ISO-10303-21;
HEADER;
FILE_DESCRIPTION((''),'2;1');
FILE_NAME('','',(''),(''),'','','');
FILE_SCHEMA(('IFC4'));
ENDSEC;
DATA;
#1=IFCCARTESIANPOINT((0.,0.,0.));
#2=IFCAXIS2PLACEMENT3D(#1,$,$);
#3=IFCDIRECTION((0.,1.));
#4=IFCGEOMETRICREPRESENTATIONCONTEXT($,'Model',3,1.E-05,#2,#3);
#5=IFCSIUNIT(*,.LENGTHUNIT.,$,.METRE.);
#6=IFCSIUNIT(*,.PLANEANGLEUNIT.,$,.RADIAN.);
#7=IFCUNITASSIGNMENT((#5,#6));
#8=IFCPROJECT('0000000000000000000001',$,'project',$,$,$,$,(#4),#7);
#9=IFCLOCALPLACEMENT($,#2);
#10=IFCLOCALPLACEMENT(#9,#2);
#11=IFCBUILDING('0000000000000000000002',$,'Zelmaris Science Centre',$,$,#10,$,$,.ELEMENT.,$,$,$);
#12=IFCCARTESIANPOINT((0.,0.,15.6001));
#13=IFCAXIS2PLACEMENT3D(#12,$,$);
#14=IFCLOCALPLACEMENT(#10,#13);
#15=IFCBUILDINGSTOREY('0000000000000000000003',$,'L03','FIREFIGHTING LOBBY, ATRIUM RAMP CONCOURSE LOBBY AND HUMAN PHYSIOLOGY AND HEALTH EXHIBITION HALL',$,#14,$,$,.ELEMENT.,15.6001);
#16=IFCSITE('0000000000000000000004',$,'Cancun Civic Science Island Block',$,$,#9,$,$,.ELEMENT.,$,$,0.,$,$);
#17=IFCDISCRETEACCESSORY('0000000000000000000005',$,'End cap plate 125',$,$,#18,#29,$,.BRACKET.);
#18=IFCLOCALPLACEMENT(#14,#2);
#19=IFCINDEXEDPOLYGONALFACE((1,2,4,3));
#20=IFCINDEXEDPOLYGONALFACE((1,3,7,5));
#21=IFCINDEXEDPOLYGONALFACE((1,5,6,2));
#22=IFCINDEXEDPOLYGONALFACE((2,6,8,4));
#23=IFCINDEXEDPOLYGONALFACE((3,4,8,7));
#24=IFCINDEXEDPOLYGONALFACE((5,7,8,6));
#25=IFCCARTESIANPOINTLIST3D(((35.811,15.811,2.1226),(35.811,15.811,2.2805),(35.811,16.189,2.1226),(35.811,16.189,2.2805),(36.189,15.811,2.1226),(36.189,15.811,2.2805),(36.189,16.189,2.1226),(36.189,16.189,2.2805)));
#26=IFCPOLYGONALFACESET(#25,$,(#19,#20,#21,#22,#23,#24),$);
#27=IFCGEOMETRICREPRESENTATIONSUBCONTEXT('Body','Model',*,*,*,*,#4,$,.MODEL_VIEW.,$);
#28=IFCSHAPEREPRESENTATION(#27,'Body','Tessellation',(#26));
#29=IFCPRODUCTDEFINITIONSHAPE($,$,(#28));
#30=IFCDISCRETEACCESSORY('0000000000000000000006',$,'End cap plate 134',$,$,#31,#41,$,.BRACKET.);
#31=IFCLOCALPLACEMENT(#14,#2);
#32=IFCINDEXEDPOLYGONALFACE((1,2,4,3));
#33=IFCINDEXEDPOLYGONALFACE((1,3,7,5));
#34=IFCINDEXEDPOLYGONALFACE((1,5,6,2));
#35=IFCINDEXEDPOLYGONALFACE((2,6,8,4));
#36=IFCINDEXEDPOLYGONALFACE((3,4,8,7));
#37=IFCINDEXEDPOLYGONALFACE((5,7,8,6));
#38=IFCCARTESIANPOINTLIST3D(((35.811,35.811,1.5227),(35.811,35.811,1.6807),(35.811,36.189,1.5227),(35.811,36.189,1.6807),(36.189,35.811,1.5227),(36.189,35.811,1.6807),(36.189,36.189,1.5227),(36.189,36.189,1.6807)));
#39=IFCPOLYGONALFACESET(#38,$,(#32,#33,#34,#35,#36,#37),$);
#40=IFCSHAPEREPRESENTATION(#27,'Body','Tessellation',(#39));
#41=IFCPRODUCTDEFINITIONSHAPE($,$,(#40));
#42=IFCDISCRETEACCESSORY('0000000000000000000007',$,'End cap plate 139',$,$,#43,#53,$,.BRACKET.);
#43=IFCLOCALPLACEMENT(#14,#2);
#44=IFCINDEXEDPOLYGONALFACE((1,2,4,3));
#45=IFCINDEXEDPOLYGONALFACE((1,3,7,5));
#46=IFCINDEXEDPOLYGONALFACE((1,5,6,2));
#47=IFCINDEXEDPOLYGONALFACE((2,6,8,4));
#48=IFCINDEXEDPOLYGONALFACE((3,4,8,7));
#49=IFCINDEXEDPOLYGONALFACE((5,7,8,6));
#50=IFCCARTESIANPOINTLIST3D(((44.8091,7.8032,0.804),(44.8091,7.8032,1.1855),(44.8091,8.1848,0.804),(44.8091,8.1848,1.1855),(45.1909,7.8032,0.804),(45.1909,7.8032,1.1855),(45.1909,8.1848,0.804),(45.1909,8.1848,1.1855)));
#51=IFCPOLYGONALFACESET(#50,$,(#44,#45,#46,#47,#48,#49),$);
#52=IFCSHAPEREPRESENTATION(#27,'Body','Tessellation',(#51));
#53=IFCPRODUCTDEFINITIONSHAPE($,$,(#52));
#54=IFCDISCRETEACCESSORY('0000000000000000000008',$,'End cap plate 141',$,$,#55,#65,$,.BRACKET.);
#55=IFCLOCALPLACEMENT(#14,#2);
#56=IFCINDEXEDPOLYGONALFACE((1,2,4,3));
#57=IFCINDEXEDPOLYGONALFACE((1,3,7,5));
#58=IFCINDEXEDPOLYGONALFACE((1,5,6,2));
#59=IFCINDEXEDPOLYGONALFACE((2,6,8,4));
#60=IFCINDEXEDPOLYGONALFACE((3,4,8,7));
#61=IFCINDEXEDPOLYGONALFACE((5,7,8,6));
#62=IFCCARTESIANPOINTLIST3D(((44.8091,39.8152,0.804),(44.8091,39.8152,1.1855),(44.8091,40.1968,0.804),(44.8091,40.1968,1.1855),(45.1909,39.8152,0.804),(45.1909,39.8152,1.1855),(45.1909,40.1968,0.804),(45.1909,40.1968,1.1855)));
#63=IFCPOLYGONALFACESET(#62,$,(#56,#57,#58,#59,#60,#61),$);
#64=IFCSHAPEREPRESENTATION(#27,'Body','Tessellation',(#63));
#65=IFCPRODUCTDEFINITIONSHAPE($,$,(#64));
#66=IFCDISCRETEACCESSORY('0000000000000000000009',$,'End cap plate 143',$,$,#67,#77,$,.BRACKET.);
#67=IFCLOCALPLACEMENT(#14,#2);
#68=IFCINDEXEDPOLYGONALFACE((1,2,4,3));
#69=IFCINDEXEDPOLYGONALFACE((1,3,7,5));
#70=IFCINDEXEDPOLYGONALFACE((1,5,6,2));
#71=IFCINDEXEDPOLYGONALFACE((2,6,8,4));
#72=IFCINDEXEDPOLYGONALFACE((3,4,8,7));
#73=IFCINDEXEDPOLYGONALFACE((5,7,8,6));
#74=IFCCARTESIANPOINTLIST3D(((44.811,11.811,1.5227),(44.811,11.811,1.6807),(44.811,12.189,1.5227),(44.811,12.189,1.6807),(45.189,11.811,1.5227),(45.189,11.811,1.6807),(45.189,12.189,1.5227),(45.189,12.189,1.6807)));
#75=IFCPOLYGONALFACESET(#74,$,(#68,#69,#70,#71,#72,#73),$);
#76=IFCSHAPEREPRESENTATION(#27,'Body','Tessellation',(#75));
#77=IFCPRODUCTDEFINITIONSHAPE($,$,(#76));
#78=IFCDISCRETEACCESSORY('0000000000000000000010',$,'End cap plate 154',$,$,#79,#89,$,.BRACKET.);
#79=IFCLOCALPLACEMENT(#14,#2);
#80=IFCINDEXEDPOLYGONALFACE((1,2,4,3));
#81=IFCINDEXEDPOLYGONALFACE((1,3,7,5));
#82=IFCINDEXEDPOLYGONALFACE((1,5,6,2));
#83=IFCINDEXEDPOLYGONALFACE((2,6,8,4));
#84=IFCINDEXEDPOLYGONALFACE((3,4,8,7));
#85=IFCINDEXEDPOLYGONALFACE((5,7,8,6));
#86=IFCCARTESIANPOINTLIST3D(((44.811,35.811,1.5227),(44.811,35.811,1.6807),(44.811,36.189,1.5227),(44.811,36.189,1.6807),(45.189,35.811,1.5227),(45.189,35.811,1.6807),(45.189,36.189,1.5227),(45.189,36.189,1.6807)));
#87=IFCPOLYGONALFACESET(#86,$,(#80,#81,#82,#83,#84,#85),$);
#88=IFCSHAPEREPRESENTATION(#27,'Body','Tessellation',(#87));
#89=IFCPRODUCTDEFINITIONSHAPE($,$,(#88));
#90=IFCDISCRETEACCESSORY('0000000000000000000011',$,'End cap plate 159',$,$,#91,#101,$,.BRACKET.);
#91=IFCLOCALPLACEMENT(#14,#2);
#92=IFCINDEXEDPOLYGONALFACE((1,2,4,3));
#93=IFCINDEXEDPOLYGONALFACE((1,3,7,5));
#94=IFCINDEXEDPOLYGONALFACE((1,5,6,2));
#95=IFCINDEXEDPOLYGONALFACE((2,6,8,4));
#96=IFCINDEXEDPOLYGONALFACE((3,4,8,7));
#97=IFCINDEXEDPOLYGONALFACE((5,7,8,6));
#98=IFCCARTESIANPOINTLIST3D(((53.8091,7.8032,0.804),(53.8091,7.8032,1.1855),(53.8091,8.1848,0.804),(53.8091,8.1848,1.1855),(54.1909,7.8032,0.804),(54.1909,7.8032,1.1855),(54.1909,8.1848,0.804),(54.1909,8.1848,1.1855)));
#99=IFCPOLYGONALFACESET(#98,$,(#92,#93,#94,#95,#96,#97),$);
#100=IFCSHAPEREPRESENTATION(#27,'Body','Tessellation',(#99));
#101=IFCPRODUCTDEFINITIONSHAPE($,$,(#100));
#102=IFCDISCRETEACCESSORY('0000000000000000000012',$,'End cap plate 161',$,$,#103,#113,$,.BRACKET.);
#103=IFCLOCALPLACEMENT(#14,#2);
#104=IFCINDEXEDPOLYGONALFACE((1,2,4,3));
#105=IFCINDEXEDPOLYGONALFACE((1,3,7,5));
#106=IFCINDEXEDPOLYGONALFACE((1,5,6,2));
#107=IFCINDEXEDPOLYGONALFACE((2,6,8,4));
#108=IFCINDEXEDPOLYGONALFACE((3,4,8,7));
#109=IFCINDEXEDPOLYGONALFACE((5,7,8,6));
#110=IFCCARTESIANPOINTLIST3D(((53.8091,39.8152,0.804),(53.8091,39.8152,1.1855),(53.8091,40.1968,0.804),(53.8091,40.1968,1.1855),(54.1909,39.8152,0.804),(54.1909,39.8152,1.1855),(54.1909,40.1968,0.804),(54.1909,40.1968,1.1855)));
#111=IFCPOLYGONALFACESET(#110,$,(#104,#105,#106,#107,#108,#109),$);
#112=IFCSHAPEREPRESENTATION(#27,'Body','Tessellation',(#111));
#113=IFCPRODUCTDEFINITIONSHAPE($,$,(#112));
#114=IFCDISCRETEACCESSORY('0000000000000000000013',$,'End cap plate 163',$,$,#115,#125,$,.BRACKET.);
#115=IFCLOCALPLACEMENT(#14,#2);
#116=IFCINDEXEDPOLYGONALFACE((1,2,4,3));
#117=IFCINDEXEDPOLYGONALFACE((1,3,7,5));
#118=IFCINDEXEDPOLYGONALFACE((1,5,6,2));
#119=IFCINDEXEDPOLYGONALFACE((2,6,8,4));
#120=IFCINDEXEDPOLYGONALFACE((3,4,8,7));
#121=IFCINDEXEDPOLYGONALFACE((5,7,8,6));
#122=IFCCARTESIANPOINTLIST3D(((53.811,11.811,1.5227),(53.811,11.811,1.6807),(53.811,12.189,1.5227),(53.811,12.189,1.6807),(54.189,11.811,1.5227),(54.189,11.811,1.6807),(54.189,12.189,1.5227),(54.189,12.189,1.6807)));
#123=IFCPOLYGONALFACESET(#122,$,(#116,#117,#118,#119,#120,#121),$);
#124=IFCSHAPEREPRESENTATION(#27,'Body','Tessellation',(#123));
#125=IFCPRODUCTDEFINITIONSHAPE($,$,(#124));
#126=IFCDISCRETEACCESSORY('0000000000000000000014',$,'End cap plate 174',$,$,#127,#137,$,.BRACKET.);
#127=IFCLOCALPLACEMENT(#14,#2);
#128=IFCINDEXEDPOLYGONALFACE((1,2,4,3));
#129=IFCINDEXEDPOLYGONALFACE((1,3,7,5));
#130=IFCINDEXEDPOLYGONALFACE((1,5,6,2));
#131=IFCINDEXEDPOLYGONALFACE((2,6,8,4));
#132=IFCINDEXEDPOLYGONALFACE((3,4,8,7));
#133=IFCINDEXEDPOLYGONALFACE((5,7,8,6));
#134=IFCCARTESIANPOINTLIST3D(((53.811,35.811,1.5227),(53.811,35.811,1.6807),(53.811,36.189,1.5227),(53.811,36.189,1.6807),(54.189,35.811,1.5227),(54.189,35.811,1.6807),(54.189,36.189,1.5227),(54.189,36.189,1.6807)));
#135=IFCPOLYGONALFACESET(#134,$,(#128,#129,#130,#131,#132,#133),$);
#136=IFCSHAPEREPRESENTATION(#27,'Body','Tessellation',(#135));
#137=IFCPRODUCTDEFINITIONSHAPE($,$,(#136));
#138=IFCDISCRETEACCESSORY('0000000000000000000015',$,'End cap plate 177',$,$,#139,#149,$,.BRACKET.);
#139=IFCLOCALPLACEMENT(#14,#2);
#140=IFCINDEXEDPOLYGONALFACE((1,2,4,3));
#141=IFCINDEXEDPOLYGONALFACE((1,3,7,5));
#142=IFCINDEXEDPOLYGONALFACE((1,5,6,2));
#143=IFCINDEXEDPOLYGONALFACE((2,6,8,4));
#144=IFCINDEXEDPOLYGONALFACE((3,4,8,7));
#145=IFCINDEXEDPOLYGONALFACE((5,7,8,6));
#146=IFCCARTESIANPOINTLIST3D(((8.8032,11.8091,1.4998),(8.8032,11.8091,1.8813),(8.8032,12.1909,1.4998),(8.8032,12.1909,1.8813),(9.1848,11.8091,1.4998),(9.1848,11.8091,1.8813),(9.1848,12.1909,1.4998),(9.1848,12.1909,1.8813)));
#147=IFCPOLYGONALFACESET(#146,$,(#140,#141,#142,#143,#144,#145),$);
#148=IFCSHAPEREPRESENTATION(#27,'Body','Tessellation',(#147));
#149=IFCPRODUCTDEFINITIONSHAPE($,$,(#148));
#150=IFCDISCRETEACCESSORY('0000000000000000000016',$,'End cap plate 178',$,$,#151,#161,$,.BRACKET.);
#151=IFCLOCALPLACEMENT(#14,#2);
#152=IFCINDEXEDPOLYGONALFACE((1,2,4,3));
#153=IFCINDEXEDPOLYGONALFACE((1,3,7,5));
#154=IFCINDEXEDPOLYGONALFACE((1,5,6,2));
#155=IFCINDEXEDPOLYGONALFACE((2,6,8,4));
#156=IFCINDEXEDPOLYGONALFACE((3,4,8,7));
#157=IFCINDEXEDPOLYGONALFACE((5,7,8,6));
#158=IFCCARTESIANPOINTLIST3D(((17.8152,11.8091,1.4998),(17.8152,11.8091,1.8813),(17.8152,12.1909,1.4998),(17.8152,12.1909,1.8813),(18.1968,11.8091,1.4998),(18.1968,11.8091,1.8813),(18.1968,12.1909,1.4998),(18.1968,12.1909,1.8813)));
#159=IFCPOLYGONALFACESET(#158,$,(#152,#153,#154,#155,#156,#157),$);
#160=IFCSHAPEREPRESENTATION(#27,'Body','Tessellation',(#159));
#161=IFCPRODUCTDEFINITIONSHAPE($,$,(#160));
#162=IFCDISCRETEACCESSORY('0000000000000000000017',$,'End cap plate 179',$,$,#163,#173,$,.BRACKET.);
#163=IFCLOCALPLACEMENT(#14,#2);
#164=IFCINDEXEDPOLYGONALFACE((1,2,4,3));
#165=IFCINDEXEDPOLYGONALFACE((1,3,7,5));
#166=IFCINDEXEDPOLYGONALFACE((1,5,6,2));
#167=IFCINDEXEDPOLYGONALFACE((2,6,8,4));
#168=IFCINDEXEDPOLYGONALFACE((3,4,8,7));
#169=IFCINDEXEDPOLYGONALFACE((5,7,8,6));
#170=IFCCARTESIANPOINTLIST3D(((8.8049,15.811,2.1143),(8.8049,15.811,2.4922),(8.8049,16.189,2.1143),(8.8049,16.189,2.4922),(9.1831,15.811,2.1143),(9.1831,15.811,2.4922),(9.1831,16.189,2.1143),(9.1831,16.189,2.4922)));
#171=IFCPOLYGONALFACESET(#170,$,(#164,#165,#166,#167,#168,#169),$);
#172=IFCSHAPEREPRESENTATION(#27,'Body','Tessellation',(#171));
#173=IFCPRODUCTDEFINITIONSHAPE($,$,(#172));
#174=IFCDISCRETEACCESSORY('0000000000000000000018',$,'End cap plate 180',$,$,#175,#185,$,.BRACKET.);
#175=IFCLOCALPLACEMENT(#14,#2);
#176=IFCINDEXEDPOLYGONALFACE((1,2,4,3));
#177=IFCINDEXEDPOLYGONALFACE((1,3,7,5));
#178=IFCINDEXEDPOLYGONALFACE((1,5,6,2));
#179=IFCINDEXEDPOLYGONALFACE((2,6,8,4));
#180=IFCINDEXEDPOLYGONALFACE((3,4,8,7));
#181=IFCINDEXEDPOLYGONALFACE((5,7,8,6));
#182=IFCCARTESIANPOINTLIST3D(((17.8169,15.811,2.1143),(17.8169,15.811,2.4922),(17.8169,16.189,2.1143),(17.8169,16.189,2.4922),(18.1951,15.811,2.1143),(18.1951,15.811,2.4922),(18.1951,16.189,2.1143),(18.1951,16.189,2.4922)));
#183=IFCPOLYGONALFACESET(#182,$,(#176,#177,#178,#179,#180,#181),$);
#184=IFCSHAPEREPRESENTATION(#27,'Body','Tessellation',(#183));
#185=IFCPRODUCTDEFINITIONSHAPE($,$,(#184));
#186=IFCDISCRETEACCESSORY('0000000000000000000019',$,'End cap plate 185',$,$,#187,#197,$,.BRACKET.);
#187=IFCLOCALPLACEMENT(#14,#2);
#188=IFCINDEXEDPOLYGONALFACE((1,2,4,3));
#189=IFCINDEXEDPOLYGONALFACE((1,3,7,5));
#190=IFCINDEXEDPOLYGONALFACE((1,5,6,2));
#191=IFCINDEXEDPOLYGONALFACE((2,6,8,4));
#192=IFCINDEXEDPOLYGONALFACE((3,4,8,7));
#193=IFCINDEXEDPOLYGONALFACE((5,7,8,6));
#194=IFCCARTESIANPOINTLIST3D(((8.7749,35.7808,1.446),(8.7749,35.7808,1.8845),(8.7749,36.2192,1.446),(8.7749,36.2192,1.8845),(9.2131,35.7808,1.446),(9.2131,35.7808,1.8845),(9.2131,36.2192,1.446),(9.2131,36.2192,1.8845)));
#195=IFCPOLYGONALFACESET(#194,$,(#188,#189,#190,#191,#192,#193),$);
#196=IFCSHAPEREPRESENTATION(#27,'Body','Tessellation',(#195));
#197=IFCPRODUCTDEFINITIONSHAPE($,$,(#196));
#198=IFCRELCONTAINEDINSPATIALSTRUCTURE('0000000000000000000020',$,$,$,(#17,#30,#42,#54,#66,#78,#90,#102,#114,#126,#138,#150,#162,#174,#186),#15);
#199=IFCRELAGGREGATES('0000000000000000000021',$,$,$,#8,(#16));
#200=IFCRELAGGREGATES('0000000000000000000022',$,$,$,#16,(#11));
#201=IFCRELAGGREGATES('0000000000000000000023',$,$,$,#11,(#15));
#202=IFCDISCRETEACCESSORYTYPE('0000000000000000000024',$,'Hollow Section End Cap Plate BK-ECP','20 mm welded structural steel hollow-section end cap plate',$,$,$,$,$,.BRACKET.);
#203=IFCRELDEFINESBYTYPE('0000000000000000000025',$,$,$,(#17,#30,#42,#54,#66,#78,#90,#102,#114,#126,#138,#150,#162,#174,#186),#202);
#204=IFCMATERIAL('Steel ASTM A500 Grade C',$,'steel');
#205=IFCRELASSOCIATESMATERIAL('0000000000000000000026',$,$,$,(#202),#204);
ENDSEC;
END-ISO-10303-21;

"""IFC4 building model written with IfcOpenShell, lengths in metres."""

from ifc_helpers import new_model, si_unit, direction, frame, origin, place, context, subcontext, project, spatial, polyline, outline, extrude, material, type_object, element, save


model = new_model("IFC4")

# Units and contexts
model_context = context("Model", 3, precision=1e-05, world=origin(), true_north=direction((0.0, 1.0)))
body_context = subcontext(model_context, "Body", "Model", "MODEL_VIEW")
ifc_project = project(units=[si_unit("LENGTHUNIT", "METRE"), si_unit("PLANEANGLEUNIT", "RADIAN")], contexts=[model_context])

# Site, building, storey
site_placement = place(None, origin())
site = spatial("IfcSite", under=ifc_project, at=site_placement, Name="Cancun Civic Science Island Block", CompositionType="ELEMENT", RefElevation=0.0)
building_placement = place(site_placement, origin())
building = spatial("IfcBuilding", under=site, at=building_placement, Name="Zelmaris Science Centre", CompositionType="ELEMENT")
storey_placement = place(building_placement, frame((0.0, 0.0, 15.6001)))
storey = spatial("IfcBuildingStorey", under=building, at=storey_placement, Name="L03", Description="FIREFIGHTING LOBBY, ATRIUM RAMP CONCOURSE LOBBY AND HUMAN PHYSIOLOGY AND HEALTH EXHIBITION HALL", CompositionType="ELEMENT", Elevation=15.6001)

# Discrete accessories
ifc_material = material(Name="Steel ASTM A500 Grade C", Category="steel")
discrete_accessory_type = type_object("IfcDiscreteAccessoryType", Name="Hollow Section End Cap Plate BK-ECP", Description="20 mm welded structural steel hollow-section end cap plate", PredefinedType="BRACKET", material=ifc_material)
discrete_accessory_1_placement = place(storey_placement, frame((0.0, 0.0, 2.1226)))
element("IfcDiscreteAccessory", 1, at=discrete_accessory_1_placement, inside=storey, type_object=discrete_accessory_type, Name="End cap plate 125", PredefinedType="BRACKET", context=body_context, shape_type="SweptSolid", body=[
    extrude(outline(polyline([(35.811, 15.811), (36.189, 15.811), (36.189, 16.189), (35.811, 16.189), (35.811, 15.811)])), origin(), (0.0, 0.0, 1.0), 0.158),
])
discrete_accessory_2_placement = place(storey_placement, frame((0.0, 0.0, 1.5227)))
element("IfcDiscreteAccessory", 2, at=discrete_accessory_2_placement, inside=storey, type_object=discrete_accessory_type, Name="End cap plate 134", PredefinedType="BRACKET", context=body_context, shape_type="SweptSolid", body=[
    extrude(outline(polyline([(35.811, 35.811), (36.189, 35.811), (36.189, 36.189), (35.811, 36.189), (35.811, 35.811)])), origin(), (0.0, 0.0, 1.0), 0.158),
])
discrete_accessory_3_placement = place(storey_placement, frame((0.0, 0.0, 0.804)))
element("IfcDiscreteAccessory", 3, at=discrete_accessory_3_placement, inside=storey, type_object=discrete_accessory_type, Name="End cap plate 139", PredefinedType="BRACKET", context=body_context, shape_type="SweptSolid", body=[
    extrude(outline(polyline([(44.8091, 7.8032), (45.1909, 7.8032), (45.1909, 8.1848), (44.8091, 8.1848), (44.8091, 7.8032)])), origin(), (0.0, 0.0, 1.0), 0.3816),
])
discrete_accessory_4_placement = place(storey_placement, frame((0.0, 0.0, 0.804)))
element("IfcDiscreteAccessory", 4, at=discrete_accessory_4_placement, inside=storey, type_object=discrete_accessory_type, Name="End cap plate 141", PredefinedType="BRACKET", context=body_context, shape_type="SweptSolid", body=[
    extrude(outline(polyline([(44.8091, 39.8152), (45.1909, 39.8152), (45.1909, 40.1968), (44.8091, 40.1968), (44.8091, 39.8152)])), origin(), (0.0, 0.0, 1.0), 0.3816),
])
discrete_accessory_5_placement = place(storey_placement, frame((0.0, 0.0, 1.5227)))
element("IfcDiscreteAccessory", 5, at=discrete_accessory_5_placement, inside=storey, type_object=discrete_accessory_type, Name="End cap plate 143", PredefinedType="BRACKET", context=body_context, shape_type="SweptSolid", body=[
    extrude(outline(polyline([(44.811, 11.811), (45.189, 11.811), (45.189, 12.189), (44.811, 12.189), (44.811, 11.811)])), origin(), (0.0, 0.0, 1.0), 0.158),
])
discrete_accessory_6_placement = place(storey_placement, frame((0.0, 0.0, 1.5227)))
element("IfcDiscreteAccessory", 6, at=discrete_accessory_6_placement, inside=storey, type_object=discrete_accessory_type, Name="End cap plate 154", PredefinedType="BRACKET", context=body_context, shape_type="SweptSolid", body=[
    extrude(outline(polyline([(44.811, 35.811), (45.189, 35.811), (45.189, 36.189), (44.811, 36.189), (44.811, 35.811)])), origin(), (0.0, 0.0, 1.0), 0.158),
])
discrete_accessory_7_placement = place(storey_placement, frame((0.0, 0.0, 0.804)))
element("IfcDiscreteAccessory", 7, at=discrete_accessory_7_placement, inside=storey, type_object=discrete_accessory_type, Name="End cap plate 159", PredefinedType="BRACKET", context=body_context, shape_type="SweptSolid", body=[
    extrude(outline(polyline([(53.8091, 7.8032), (54.1909, 7.8032), (54.1909, 8.1848), (53.8091, 8.1848), (53.8091, 7.8032)])), origin(), (0.0, 0.0, 1.0), 0.3816),
])
discrete_accessory_8_placement = place(storey_placement, frame((0.0, 0.0, 0.804)))
element("IfcDiscreteAccessory", 8, at=discrete_accessory_8_placement, inside=storey, type_object=discrete_accessory_type, Name="End cap plate 161", PredefinedType="BRACKET", context=body_context, shape_type="SweptSolid", body=[
    extrude(outline(polyline([(53.8091, 39.8152), (54.1909, 39.8152), (54.1909, 40.1968), (53.8091, 40.1968), (53.8091, 39.8152)])), origin(), (0.0, 0.0, 1.0), 0.3816),
])
discrete_accessory_9_placement = place(storey_placement, frame((0.0, 0.0, 1.5227)))
element("IfcDiscreteAccessory", 9, at=discrete_accessory_9_placement, inside=storey, type_object=discrete_accessory_type, Name="End cap plate 163", PredefinedType="BRACKET", context=body_context, shape_type="SweptSolid", body=[
    extrude(outline(polyline([(53.811, 11.811), (54.189, 11.811), (54.189, 12.189), (53.811, 12.189), (53.811, 11.811)])), origin(), (0.0, 0.0, 1.0), 0.158),
])
discrete_accessory_10_placement = place(storey_placement, frame((0.0, 0.0, 1.5227)))
element("IfcDiscreteAccessory", 10, at=discrete_accessory_10_placement, inside=storey, type_object=discrete_accessory_type, Name="End cap plate 174", PredefinedType="BRACKET", context=body_context, shape_type="SweptSolid", body=[
    extrude(outline(polyline([(53.811, 35.811), (54.189, 35.811), (54.189, 36.189), (53.811, 36.189), (53.811, 35.811)])), origin(), (0.0, 0.0, 1.0), 0.158),
])
discrete_accessory_11_placement = place(storey_placement, frame((0.0, 0.0, 1.4998)))
element("IfcDiscreteAccessory", 11, at=discrete_accessory_11_placement, inside=storey, type_object=discrete_accessory_type, Name="End cap plate 177", PredefinedType="BRACKET", context=body_context, shape_type="SweptSolid", body=[
    extrude(outline(polyline([(8.8032, 11.8091), (9.1848, 11.8091), (9.1848, 12.1909), (8.8032, 12.1909), (8.8032, 11.8091)])), origin(), (0.0, 0.0, 1.0), 0.3816),
])
discrete_accessory_12_placement = place(storey_placement, frame((0.0, 0.0, 1.4998)))
element("IfcDiscreteAccessory", 12, at=discrete_accessory_12_placement, inside=storey, type_object=discrete_accessory_type, Name="End cap plate 178", PredefinedType="BRACKET", context=body_context, shape_type="SweptSolid", body=[
    extrude(outline(polyline([(17.8152, 11.8091), (18.1968, 11.8091), (18.1968, 12.1909), (17.8152, 12.1909), (17.8152, 11.8091)])), origin(), (0.0, 0.0, 1.0), 0.3816),
])
discrete_accessory_13_placement = place(storey_placement, frame((0.0, 0.0, 2.1143)))
element("IfcDiscreteAccessory", 13, at=discrete_accessory_13_placement, inside=storey, type_object=discrete_accessory_type, Name="End cap plate 179", PredefinedType="BRACKET", context=body_context, shape_type="SweptSolid", body=[
    extrude(outline(polyline([(8.8049, 15.811), (9.1831, 15.811), (9.1831, 16.189), (8.8049, 16.189), (8.8049, 15.811)])), origin(), (0.0, 0.0, 1.0), 0.3779),
])
discrete_accessory_14_placement = place(storey_placement, frame((0.0, 0.0, 2.1143)))
element("IfcDiscreteAccessory", 14, at=discrete_accessory_14_placement, inside=storey, type_object=discrete_accessory_type, Name="End cap plate 180", PredefinedType="BRACKET", context=body_context, shape_type="SweptSolid", body=[
    extrude(outline(polyline([(17.8169, 15.811), (18.1951, 15.811), (18.1951, 16.189), (17.8169, 16.189), (17.8169, 15.811)])), origin(), (0.0, 0.0, 1.0), 0.3779),
])
discrete_accessory_15_placement = place(storey_placement, frame((0.0, 0.0, 1.446)))
element("IfcDiscreteAccessory", 15, at=discrete_accessory_15_placement, inside=storey, type_object=discrete_accessory_type, Name="End cap plate 185", PredefinedType="BRACKET", context=body_context, shape_type="SweptSolid", body=[
    extrude(outline(polyline([(8.7749, 35.7808), (9.2131, 35.7808), (9.2131, 36.2192), (8.7749, 36.2192), (8.7749, 35.7808)])), origin(), (0.0, 0.0, 1.0), 0.4385),
])

save(model, "model.ifc")
